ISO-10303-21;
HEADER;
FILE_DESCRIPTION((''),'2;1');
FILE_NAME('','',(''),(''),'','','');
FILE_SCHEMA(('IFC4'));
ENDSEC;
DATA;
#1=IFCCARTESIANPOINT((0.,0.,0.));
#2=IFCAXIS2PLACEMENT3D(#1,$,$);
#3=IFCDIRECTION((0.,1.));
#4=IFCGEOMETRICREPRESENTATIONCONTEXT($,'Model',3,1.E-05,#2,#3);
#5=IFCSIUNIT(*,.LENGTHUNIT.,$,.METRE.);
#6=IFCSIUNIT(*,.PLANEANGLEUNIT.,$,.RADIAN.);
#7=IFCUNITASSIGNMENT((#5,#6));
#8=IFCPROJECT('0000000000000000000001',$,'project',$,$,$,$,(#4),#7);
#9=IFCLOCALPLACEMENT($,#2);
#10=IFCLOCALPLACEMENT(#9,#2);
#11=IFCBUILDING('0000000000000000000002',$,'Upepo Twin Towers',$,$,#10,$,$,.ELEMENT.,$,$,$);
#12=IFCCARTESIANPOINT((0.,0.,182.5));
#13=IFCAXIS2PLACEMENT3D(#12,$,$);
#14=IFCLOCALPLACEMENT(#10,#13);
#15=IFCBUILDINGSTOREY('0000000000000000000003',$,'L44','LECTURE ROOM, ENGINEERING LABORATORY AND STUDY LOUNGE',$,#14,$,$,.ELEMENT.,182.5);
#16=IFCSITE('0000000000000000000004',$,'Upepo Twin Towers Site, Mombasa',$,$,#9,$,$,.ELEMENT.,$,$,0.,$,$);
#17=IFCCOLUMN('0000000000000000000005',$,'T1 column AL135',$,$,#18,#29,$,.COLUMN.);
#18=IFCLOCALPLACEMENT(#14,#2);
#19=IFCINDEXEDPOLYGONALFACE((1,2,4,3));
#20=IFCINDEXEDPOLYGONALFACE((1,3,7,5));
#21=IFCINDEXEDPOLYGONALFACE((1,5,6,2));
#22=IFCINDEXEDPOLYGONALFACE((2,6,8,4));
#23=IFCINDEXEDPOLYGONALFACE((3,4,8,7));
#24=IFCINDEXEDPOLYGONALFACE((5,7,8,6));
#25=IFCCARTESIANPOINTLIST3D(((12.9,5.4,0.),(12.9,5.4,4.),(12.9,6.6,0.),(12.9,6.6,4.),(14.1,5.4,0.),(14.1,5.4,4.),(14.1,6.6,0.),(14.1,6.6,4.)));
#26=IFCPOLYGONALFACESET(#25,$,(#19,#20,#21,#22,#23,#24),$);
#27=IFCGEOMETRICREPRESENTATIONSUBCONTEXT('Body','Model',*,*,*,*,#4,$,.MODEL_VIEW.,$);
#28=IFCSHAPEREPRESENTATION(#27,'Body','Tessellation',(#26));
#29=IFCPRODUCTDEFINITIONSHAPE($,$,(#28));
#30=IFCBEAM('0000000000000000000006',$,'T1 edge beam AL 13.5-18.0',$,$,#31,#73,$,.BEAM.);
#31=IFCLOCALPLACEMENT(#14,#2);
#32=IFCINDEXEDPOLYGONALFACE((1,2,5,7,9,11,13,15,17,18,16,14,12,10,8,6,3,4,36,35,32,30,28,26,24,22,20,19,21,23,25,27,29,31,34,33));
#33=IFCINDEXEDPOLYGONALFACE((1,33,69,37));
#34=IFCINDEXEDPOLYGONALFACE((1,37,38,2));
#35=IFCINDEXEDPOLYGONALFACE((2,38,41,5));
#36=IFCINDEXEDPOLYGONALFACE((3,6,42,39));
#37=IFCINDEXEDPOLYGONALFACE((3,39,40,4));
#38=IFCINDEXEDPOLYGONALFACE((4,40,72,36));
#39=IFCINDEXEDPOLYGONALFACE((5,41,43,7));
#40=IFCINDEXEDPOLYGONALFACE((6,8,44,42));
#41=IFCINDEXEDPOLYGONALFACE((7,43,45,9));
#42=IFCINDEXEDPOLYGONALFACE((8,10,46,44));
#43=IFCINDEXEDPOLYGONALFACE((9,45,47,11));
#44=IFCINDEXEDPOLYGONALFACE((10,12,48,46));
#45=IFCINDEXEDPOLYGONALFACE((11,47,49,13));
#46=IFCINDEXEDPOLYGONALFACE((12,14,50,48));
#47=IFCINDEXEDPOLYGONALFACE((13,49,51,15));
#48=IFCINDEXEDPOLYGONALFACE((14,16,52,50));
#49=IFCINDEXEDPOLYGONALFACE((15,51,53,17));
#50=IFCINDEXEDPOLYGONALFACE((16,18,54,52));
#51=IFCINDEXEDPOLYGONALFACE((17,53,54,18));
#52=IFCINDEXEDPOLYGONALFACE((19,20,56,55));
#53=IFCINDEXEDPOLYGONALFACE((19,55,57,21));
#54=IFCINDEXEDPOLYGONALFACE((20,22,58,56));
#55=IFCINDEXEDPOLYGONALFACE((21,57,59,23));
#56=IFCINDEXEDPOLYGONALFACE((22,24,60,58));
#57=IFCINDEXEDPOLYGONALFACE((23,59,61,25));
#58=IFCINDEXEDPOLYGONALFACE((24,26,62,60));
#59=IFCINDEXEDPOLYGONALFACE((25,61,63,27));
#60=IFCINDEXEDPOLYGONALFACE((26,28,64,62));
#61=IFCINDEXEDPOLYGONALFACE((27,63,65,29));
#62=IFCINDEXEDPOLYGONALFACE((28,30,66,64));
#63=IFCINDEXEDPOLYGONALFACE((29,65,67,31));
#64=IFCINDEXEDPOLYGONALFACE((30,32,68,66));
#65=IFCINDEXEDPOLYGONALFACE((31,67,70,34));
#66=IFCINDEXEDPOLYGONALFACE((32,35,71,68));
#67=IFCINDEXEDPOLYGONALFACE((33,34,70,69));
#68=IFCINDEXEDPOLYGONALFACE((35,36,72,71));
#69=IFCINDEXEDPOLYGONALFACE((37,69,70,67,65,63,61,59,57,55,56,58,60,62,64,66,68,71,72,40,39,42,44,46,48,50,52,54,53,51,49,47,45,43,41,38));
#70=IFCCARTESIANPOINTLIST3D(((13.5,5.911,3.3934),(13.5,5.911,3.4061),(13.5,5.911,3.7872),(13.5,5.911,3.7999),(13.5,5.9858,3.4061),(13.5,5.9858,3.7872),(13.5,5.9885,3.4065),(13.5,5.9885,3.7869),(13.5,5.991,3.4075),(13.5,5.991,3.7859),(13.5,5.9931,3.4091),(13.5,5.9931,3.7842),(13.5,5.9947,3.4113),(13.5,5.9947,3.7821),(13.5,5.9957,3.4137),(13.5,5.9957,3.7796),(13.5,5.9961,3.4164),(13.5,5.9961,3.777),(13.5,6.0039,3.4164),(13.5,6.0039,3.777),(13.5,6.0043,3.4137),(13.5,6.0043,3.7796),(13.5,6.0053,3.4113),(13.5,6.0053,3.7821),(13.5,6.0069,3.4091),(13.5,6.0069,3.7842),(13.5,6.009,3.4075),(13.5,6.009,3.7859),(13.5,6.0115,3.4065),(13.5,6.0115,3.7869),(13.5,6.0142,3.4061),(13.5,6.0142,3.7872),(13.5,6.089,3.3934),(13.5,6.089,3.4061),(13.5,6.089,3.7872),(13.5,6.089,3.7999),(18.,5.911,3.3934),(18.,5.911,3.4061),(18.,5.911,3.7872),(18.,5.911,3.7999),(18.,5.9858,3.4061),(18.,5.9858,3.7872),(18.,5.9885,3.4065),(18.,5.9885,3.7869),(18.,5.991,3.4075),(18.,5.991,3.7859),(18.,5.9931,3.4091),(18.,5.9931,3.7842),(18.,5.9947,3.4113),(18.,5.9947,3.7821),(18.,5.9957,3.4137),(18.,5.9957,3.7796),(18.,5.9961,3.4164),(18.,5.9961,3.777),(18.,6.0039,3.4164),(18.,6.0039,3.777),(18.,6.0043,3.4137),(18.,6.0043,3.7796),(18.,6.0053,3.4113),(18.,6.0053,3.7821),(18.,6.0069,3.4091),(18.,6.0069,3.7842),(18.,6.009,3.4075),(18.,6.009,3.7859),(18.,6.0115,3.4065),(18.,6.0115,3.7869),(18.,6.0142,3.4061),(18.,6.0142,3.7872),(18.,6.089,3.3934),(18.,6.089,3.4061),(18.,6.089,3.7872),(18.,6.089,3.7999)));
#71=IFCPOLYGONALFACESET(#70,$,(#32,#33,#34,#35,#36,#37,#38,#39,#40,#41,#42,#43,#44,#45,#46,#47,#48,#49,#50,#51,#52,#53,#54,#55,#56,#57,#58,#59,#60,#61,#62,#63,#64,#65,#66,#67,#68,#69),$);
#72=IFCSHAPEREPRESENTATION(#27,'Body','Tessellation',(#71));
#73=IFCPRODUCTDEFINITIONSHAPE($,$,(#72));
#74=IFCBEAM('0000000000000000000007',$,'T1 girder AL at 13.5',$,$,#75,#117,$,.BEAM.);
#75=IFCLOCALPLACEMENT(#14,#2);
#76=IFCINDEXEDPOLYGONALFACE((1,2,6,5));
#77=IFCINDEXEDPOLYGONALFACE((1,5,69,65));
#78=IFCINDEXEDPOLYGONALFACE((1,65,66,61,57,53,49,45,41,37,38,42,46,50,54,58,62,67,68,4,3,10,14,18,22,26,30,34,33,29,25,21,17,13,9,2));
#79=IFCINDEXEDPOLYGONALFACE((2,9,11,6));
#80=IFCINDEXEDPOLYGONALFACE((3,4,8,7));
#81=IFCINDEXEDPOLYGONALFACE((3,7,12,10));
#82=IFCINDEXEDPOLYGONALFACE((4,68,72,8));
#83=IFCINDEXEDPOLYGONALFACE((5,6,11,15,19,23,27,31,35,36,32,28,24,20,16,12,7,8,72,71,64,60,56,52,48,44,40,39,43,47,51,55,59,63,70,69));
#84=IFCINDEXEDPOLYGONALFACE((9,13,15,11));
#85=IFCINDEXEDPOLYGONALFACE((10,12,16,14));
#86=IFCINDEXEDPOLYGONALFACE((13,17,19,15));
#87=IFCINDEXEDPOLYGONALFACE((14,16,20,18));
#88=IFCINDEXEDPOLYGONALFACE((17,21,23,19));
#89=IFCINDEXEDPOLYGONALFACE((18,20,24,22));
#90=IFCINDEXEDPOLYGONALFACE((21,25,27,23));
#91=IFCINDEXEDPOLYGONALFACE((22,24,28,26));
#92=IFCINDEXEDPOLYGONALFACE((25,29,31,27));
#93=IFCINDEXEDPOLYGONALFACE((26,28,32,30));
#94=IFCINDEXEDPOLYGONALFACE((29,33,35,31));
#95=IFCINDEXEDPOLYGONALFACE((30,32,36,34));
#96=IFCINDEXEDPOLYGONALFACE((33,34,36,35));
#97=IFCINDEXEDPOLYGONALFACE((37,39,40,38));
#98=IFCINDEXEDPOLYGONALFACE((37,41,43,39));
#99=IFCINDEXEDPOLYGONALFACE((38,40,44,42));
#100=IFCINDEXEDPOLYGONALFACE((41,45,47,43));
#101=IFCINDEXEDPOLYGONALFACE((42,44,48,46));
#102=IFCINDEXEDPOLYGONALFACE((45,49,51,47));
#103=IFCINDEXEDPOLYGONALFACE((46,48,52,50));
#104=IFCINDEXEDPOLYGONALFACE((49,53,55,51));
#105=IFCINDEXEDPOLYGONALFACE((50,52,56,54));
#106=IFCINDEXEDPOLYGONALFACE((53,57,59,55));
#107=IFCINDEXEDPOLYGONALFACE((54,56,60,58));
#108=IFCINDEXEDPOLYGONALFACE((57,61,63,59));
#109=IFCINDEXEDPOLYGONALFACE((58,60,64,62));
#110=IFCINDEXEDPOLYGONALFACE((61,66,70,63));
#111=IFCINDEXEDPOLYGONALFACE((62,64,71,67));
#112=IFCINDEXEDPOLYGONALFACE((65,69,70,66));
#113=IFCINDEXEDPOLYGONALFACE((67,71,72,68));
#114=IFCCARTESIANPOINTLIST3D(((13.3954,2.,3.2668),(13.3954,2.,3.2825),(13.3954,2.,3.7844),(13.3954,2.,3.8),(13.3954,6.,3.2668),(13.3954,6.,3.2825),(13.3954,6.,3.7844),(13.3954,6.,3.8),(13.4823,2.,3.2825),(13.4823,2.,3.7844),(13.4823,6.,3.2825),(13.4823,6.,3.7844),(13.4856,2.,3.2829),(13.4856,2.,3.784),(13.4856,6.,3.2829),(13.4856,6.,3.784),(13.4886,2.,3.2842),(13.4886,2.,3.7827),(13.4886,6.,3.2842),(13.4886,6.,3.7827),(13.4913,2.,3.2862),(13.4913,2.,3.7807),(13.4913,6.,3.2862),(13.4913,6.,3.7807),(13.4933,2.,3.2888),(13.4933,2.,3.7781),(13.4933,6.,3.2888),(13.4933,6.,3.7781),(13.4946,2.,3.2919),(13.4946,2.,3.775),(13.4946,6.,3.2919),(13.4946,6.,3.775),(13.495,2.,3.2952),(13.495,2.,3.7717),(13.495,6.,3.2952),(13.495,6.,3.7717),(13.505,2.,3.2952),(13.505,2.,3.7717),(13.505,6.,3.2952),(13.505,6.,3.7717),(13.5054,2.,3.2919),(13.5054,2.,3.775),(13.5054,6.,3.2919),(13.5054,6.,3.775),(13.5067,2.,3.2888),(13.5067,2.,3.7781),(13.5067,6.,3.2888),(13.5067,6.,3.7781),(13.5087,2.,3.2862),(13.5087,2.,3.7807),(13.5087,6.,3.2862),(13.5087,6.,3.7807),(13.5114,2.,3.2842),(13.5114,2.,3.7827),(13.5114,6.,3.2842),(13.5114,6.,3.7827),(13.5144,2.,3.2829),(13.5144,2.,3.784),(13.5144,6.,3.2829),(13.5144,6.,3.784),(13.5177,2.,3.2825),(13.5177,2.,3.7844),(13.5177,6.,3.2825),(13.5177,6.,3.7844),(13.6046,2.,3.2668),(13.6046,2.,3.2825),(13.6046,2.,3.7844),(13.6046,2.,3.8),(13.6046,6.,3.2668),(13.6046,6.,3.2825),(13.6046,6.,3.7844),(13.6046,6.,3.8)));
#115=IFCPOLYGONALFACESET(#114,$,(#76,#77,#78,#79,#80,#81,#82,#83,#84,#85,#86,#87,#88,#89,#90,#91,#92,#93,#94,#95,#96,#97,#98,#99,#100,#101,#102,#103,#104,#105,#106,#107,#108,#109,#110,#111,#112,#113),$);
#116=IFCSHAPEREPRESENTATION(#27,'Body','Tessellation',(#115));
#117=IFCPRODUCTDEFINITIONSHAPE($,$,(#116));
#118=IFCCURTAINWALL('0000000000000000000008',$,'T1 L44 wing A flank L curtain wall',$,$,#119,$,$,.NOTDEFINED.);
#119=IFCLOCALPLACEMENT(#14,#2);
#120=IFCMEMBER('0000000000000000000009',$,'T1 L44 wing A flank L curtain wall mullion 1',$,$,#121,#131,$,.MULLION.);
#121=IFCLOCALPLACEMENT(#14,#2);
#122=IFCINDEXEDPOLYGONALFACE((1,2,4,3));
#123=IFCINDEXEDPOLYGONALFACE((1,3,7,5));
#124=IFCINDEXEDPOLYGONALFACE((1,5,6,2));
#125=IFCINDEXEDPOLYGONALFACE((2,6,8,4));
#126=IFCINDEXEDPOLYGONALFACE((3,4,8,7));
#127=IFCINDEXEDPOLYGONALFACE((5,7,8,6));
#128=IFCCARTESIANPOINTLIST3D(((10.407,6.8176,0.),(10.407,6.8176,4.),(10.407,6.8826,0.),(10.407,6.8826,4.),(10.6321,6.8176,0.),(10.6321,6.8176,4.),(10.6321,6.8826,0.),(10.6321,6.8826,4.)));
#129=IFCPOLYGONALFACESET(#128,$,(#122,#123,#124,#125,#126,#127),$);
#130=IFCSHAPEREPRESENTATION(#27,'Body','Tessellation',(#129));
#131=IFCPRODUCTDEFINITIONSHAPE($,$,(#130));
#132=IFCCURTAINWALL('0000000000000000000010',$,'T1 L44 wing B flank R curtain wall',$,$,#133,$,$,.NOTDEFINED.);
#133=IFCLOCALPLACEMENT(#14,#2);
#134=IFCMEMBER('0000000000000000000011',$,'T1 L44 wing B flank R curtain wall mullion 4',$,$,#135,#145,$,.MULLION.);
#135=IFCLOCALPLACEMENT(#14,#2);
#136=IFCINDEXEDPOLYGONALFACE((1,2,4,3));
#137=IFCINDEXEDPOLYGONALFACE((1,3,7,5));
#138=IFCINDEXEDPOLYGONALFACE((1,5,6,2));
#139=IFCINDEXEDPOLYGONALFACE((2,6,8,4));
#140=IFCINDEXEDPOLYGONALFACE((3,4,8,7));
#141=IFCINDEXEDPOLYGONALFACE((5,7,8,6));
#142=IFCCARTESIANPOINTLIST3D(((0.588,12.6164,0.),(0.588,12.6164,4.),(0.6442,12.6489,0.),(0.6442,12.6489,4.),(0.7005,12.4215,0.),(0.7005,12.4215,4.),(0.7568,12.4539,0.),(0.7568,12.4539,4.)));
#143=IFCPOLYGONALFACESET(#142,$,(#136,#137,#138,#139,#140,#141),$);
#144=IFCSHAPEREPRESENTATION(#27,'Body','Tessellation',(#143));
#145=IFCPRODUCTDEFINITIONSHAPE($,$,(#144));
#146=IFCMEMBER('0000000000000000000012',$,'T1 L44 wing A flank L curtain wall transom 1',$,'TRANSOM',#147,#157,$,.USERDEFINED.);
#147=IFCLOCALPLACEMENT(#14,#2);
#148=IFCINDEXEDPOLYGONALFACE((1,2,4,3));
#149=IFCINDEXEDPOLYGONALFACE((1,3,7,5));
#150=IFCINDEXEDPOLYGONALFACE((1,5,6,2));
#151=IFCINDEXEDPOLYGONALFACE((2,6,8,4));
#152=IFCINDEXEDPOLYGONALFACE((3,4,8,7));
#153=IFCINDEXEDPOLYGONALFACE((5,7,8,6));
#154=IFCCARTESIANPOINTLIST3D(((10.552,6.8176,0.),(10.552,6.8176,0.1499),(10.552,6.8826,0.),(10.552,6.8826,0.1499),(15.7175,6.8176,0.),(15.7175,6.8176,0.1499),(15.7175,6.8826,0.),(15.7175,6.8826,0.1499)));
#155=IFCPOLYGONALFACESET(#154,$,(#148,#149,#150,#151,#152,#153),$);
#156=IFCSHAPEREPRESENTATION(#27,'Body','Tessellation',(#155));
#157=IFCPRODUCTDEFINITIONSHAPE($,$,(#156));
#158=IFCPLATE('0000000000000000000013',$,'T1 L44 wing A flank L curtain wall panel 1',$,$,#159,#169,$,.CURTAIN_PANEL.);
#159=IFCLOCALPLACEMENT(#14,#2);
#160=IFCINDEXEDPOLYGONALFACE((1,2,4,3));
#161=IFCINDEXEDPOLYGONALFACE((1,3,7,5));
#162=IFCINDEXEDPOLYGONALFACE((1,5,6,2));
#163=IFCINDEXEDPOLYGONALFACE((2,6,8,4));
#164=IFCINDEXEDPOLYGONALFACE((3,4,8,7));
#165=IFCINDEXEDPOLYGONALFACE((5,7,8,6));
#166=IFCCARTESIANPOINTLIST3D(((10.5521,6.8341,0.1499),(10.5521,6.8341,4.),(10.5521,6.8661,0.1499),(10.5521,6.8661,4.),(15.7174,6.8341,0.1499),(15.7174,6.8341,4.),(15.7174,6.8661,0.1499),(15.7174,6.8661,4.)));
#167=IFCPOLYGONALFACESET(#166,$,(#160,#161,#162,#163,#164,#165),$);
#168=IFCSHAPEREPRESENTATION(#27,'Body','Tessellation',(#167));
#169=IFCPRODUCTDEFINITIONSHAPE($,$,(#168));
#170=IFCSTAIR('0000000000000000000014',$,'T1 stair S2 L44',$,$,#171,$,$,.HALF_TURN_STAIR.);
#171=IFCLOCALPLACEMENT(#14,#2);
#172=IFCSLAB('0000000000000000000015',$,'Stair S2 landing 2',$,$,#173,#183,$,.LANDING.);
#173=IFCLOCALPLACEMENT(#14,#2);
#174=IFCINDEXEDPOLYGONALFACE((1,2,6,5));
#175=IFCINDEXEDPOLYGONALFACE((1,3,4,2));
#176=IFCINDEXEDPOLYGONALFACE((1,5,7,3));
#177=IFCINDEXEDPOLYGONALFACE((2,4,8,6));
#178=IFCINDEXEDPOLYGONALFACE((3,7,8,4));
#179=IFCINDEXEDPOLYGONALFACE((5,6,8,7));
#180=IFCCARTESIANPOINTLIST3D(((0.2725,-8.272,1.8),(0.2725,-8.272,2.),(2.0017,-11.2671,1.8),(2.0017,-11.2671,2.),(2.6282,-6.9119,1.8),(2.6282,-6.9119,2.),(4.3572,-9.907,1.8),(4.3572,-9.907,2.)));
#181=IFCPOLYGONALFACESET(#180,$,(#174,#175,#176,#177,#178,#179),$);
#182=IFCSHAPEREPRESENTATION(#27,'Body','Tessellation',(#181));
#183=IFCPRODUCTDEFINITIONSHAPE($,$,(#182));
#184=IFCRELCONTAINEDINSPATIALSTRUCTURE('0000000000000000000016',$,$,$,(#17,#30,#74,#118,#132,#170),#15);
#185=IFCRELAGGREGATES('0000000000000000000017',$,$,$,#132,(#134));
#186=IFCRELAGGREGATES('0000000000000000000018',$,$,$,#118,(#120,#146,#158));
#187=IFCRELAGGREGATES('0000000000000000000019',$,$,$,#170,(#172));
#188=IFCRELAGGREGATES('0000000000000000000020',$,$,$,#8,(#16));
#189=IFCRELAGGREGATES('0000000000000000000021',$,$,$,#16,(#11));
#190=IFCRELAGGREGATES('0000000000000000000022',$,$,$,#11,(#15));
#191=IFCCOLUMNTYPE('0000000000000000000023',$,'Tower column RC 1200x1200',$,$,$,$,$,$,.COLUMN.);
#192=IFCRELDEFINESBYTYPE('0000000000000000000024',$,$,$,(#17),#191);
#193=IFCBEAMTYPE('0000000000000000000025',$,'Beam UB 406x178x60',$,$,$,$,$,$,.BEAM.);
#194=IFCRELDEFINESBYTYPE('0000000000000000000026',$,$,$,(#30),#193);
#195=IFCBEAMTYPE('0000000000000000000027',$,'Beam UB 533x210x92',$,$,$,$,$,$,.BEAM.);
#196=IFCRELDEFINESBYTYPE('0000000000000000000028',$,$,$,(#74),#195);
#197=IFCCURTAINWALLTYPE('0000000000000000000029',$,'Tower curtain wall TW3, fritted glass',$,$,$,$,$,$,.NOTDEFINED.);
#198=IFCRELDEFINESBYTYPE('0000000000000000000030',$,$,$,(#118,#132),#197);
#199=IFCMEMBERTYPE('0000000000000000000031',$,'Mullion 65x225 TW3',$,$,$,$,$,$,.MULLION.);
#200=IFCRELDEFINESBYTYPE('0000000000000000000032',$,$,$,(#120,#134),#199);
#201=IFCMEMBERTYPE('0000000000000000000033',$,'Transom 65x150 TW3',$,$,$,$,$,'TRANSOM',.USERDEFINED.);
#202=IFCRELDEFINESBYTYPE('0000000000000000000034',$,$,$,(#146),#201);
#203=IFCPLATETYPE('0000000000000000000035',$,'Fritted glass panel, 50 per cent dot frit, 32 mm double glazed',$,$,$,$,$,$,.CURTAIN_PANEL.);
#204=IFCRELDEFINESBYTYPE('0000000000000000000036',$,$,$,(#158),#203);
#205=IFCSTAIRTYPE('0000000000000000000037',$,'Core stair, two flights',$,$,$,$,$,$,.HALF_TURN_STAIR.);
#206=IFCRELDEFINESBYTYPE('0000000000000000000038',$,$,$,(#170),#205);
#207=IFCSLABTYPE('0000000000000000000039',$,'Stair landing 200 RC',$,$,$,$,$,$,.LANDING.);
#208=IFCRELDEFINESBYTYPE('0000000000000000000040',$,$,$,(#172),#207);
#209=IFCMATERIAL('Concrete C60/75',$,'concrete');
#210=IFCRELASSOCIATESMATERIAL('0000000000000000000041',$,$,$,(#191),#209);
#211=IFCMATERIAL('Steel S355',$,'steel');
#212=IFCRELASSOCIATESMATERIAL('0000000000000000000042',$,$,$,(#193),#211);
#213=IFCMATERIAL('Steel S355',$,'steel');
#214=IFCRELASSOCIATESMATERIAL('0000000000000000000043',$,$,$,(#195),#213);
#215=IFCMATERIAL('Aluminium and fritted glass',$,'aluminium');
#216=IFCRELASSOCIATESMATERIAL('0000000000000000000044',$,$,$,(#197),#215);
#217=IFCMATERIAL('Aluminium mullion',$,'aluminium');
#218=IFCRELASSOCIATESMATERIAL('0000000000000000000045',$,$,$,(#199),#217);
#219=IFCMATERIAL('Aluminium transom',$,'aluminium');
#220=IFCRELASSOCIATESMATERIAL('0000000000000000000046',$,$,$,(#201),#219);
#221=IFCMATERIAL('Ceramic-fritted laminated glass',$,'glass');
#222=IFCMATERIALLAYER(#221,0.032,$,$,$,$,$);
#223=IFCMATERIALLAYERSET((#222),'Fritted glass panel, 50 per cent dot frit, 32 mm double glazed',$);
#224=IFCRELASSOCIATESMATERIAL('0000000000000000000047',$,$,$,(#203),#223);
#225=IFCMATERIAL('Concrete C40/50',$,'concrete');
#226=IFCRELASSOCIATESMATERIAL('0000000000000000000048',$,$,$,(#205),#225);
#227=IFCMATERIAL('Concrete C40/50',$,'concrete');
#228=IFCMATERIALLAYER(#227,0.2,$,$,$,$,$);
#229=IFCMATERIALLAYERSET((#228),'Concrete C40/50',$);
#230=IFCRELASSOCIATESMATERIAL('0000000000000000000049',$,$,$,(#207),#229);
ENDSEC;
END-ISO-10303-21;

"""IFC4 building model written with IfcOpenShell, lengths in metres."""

from ifc_helpers import new_model, si_unit, direction, frame, origin, origin_2d, place, context, subcontext, project, spatial, polyline, rectangle, i_section, outline, extrude, material, layer, layer_set, material_profile, profile_set, type_object, element, aggregate, save


model = new_model("IFC4")

# Units and contexts
model_context = context("Model", 3, precision=1e-05, world=origin(), true_north=direction((0.0, 1.0)))
body_context = subcontext(model_context, "Body", "Model", "MODEL_VIEW")
ifc_project = project(units=[si_unit("LENGTHUNIT", "METRE"), si_unit("PLANEANGLEUNIT", "RADIAN")], contexts=[model_context])

# Site, building, storey
site_placement = place(None, origin())
site = spatial("IfcSite", under=ifc_project, at=site_placement, Name="Upepo Twin Towers Site, Mombasa", CompositionType="ELEMENT", RefElevation=0.0)
building_placement = place(site_placement, origin())
building = spatial("IfcBuilding", under=site, at=building_placement, Name="Upepo Twin Towers", CompositionType="ELEMENT")
storey_placement = place(building_placement, frame((0.0, 0.0, 182.5)))
storey = spatial("IfcBuildingStorey", under=building, at=storey_placement, Name="L44", Description="LECTURE ROOM, ENGINEERING LABORATORY AND STUDY LOUNGE", CompositionType="ELEMENT", Elevation=182.5)

# Column
ifc_material_1 = material(Name="Concrete C60/75", Category="concrete")
ifc_material_profile_1 = material_profile(ifc_material_1, rectangle(XDim=1.2, YDim=1.2, at=origin_2d()), Name="RC 1200x1200")
ifc_profile_set_1 = profile_set([ifc_material_profile_1], Name="Concrete C60/75")
column_type = type_object("IfcColumnType", Name="Tower column RC 1200x1200", PredefinedType="COLUMN", material=ifc_profile_set_1)
column_placement = place(storey_placement, frame((13.5, 6.0, 0.0), z_axis=(0.0, 0.0, 1.0), x_axis=(1.0, 0.0, 0.0)))
element("IfcColumn", 1, at=column_placement, inside=storey, type_object=column_type, Name="T1 column AL135", PredefinedType="COLUMN", context=body_context, shape_type="SweptSolid", body=[
    extrude(rectangle(XDim=1.2, YDim=1.2, at=origin_2d()), origin(), (0.0, 0.0, 1.0), 4.0),
])

# Beams
ifc_material_2 = material(Name="Steel S355", Category="steel")
ifc_material_profile_2 = material_profile(ifc_material_2, i_section(OverallWidth=0.178, OverallDepth=0.4065, WebThickness=0.0078, FlangeThickness=0.0127, FilletRadius=0.0103, at=origin_2d()), Name="UB 406x178x60")
ifc_profile_set_2 = profile_set([ifc_material_profile_2], Name="Steel S355")
beam_type_1 = type_object("IfcBeamType", Name="Beam UB 406x178x60", PredefinedType="BEAM", material=ifc_profile_set_2)
beam_1_placement = place(storey_placement, frame((13.5, 6.0, 3.5967), z_axis=(1.0, 0.0, 0.0), x_axis=(0.0, 1.0, 0.0)))
element("IfcBeam", 2, at=beam_1_placement, inside=storey, type_object=beam_type_1, Name="T1 edge beam AL 13.5-18.0", PredefinedType="BEAM", context=body_context, shape_type="SweptSolid", body=[
    extrude(i_section(OverallWidth=0.178, OverallDepth=0.4065, WebThickness=0.0078, FlangeThickness=0.0127, FilletRadius=0.0103, at=origin_2d()), origin(), (0.0, 0.0, 1.0), 4.5),
])
ifc_material_3 = material(Name="Steel S355", Category="steel")
ifc_material_profile_3 = material_profile(ifc_material_3, i_section(OverallWidth=0.2092, OverallDepth=0.5332, WebThickness=0.01, FlangeThickness=0.0156, FilletRadius=0.0127, at=origin_2d()), Name="UB 533x210x92")
ifc_profile_set_3 = profile_set([ifc_material_profile_3], Name="Steel S355")
beam_type_2 = type_object("IfcBeamType", Name="Beam UB 533x210x92", PredefinedType="BEAM", material=ifc_profile_set_3)
beam_2_placement = place(storey_placement, frame((13.5, 6.0, 3.5334), z_axis=(0.0, -1.0, 0.0), x_axis=(1.0, 0.0, 0.0)))
element("IfcBeam", 3, at=beam_2_placement, inside=storey, type_object=beam_type_2, Name="T1 girder AL at 13.5", PredefinedType="BEAM", context=body_context, shape_type="SweptSolid", body=[
    extrude(i_section(OverallWidth=0.2092, OverallDepth=0.5332, WebThickness=0.01, FlangeThickness=0.0156, FilletRadius=0.0127, at=origin_2d()), origin(), (0.0, 0.0, 1.0), 4.0),
])

# Curtain walls, members
ifc_material_4 = material(Name="Aluminium and fritted glass", Category="aluminium")
curtain_wall_type = type_object("IfcCurtainWallType", Name="Tower curtain wall TW3, fritted glass", PredefinedType="NOTDEFINED", material=ifc_material_4)
curtain_wall_1_placement = place(storey_placement, origin())
curtain_wall_1 = element("IfcCurtainWall", 4, at=curtain_wall_1_placement, inside=storey, type_object=curtain_wall_type, Name="T1 L44 wing A flank L curtain wall", PredefinedType="NOTDEFINED")
ifc_material_5 = material(Name="Aluminium mullion", Category="aluminium")
ifc_material_profile_4 = material_profile(ifc_material_5, rectangle(XDim=0.0649, YDim=0.2251, at=origin_2d()), Name="MULLION 65x225")
ifc_profile_set_4 = profile_set([ifc_material_profile_4], Name="Aluminium mullion")
member_type_1 = type_object("IfcMemberType", Name="Mullion 65x225 TW3", PredefinedType="MULLION", material=ifc_profile_set_4)
member_1_placement = place(storey_placement, frame((10.5195, 6.8501, 0.0), z_axis=(0.0, 0.0, 1.0), x_axis=(0.0, 1.0, 0.0)))
member_1 = element("IfcMember", 5, at=member_1_placement, type_object=member_type_1, Name="T1 L44 wing A flank L curtain wall mullion 1", PredefinedType="MULLION", context=body_context, shape_type="SweptSolid", body=[
    extrude(rectangle(XDim=0.0649, YDim=0.2251, at=origin_2d()), origin(), (0.0, 0.0, 1.0), 4.0),
])
curtain_wall_2_placement = place(storey_placement, origin())
curtain_wall_2 = element("IfcCurtainWall", 6, at=curtain_wall_2_placement, inside=storey, type_object=curtain_wall_type, Name="T1 L44 wing B flank R curtain wall", PredefinedType="NOTDEFINED")
member_2_placement = place(storey_placement, frame((0.6724, 12.5352, 0.0), z_axis=(0.0, 0.0, 1.0), x_axis=(0.866025, 0.5, 0.0)))
member_2 = element("IfcMember", 7, at=member_2_placement, type_object=member_type_1, Name="T1 L44 wing B flank R curtain wall mullion 4", PredefinedType="MULLION", context=body_context, shape_type="SweptSolid", body=[
    extrude(rectangle(XDim=0.0649, YDim=0.2251, at=origin_2d()), origin(), (0.0, 0.0, 1.0), 4.0),
])
aggregate(curtain_wall_2, [member_2])

# Member
ifc_material_6 = material(Name="Aluminium transom", Category="aluminium")
ifc_material_profile_5 = material_profile(ifc_material_6, rectangle(XDim=0.0649, YDim=0.1499, at=origin_2d()), Name="TRANSOM 65x150")
ifc_profile_set_5 = profile_set([ifc_material_profile_5], Name="Aluminium transom")
member_type_2 = type_object("IfcMemberType", Name="Transom 65x150 TW3", ElementType="TRANSOM", PredefinedType="USERDEFINED", material=ifc_profile_set_5)
member_3_placement = place(storey_placement, frame((10.552, 6.8501, 0.075), z_axis=(1.0, 0.0, 0.0), x_axis=(0.0, 1.0, 0.0)))
member_3 = element("IfcMember", 8, at=member_3_placement, type_object=member_type_2, Name="T1 L44 wing A flank L curtain wall transom 1", ObjectType="TRANSOM", PredefinedType="USERDEFINED", context=body_context, shape_type="SweptSolid", body=[
    extrude(rectangle(XDim=0.0649, YDim=0.1499, at=origin_2d()), origin(), (0.0, 0.0, 1.0), 5.1655),
])

# Plate
ifc_material_7 = material(Name="Ceramic-fritted laminated glass", Category="glass")
ifc_layer_1 = layer(ifc_material_7, 0.032)
ifc_layer_set_1 = layer_set([ifc_layer_1], Name="Fritted glass panel, 50 per cent dot frit, 32 mm double glazed")
plate_type = type_object("IfcPlateType", Name="Fritted glass panel, 50 per cent dot frit, 32 mm double glazed", PredefinedType="CURTAIN_PANEL", material=ifc_layer_set_1)
plate_placement = place(storey_placement, frame((13.1348, 6.8501, 0.1499), z_axis=(0.0, 0.0, 1.0), x_axis=(1.0, 0.0, 0.0)))
plate = element("IfcPlate", 9, at=plate_placement, type_object=plate_type, Name="T1 L44 wing A flank L curtain wall panel 1", PredefinedType="CURTAIN_PANEL", context=body_context, shape_type="SweptSolid", body=[
    extrude(rectangle(XDim=5.1653, YDim=0.032, at=origin_2d()), origin(), (0.0, 0.0, 1.0), 3.8501),
])
aggregate(curtain_wall_1, [member_1, member_3, plate])

# Stair, slab
ifc_material_8 = material(Name="Concrete C40/50", Category="concrete")
stair_type = type_object("IfcStairType", Name="Core stair, two flights", PredefinedType="HALF_TURN_STAIR", material=ifc_material_8)
stair_1_placement = place(storey_placement, origin())
stair_1 = element("IfcStair", 10, at=stair_1_placement, inside=storey, type_object=stair_type, Name="T1 stair S2 L44", PredefinedType="HALF_TURN_STAIR")
ifc_material_9 = material(Name="Concrete C40/50", Category="concrete")
ifc_layer_2 = layer(ifc_material_9, 0.2)
ifc_layer_set_2 = layer_set([ifc_layer_2], Name="Concrete C40/50")
slab_type = type_object("IfcSlabType", Name="Stair landing 200 RC", PredefinedType="LANDING", material=ifc_layer_set_2)
slab_1_placement = place(storey_placement, frame((0.0, 0.0, 1.8)))
slab_1 = element("IfcSlab", 11, at=slab_1_placement, type_object=slab_type, Name="Stair S2 landing 2", PredefinedType="LANDING", context=body_context, shape_type="SweptSolid", body=[
    extrude(outline(polyline([(0.2725, -8.272), (2.0017, -11.2671), (4.3572, -9.907), (2.6282, -6.9119), (0.2725, -8.272)])), origin(), (0.0, 0.0, 1.0), 0.2),
])
aggregate(stair_1, [slab_1])

save(model, "model.ifc")
